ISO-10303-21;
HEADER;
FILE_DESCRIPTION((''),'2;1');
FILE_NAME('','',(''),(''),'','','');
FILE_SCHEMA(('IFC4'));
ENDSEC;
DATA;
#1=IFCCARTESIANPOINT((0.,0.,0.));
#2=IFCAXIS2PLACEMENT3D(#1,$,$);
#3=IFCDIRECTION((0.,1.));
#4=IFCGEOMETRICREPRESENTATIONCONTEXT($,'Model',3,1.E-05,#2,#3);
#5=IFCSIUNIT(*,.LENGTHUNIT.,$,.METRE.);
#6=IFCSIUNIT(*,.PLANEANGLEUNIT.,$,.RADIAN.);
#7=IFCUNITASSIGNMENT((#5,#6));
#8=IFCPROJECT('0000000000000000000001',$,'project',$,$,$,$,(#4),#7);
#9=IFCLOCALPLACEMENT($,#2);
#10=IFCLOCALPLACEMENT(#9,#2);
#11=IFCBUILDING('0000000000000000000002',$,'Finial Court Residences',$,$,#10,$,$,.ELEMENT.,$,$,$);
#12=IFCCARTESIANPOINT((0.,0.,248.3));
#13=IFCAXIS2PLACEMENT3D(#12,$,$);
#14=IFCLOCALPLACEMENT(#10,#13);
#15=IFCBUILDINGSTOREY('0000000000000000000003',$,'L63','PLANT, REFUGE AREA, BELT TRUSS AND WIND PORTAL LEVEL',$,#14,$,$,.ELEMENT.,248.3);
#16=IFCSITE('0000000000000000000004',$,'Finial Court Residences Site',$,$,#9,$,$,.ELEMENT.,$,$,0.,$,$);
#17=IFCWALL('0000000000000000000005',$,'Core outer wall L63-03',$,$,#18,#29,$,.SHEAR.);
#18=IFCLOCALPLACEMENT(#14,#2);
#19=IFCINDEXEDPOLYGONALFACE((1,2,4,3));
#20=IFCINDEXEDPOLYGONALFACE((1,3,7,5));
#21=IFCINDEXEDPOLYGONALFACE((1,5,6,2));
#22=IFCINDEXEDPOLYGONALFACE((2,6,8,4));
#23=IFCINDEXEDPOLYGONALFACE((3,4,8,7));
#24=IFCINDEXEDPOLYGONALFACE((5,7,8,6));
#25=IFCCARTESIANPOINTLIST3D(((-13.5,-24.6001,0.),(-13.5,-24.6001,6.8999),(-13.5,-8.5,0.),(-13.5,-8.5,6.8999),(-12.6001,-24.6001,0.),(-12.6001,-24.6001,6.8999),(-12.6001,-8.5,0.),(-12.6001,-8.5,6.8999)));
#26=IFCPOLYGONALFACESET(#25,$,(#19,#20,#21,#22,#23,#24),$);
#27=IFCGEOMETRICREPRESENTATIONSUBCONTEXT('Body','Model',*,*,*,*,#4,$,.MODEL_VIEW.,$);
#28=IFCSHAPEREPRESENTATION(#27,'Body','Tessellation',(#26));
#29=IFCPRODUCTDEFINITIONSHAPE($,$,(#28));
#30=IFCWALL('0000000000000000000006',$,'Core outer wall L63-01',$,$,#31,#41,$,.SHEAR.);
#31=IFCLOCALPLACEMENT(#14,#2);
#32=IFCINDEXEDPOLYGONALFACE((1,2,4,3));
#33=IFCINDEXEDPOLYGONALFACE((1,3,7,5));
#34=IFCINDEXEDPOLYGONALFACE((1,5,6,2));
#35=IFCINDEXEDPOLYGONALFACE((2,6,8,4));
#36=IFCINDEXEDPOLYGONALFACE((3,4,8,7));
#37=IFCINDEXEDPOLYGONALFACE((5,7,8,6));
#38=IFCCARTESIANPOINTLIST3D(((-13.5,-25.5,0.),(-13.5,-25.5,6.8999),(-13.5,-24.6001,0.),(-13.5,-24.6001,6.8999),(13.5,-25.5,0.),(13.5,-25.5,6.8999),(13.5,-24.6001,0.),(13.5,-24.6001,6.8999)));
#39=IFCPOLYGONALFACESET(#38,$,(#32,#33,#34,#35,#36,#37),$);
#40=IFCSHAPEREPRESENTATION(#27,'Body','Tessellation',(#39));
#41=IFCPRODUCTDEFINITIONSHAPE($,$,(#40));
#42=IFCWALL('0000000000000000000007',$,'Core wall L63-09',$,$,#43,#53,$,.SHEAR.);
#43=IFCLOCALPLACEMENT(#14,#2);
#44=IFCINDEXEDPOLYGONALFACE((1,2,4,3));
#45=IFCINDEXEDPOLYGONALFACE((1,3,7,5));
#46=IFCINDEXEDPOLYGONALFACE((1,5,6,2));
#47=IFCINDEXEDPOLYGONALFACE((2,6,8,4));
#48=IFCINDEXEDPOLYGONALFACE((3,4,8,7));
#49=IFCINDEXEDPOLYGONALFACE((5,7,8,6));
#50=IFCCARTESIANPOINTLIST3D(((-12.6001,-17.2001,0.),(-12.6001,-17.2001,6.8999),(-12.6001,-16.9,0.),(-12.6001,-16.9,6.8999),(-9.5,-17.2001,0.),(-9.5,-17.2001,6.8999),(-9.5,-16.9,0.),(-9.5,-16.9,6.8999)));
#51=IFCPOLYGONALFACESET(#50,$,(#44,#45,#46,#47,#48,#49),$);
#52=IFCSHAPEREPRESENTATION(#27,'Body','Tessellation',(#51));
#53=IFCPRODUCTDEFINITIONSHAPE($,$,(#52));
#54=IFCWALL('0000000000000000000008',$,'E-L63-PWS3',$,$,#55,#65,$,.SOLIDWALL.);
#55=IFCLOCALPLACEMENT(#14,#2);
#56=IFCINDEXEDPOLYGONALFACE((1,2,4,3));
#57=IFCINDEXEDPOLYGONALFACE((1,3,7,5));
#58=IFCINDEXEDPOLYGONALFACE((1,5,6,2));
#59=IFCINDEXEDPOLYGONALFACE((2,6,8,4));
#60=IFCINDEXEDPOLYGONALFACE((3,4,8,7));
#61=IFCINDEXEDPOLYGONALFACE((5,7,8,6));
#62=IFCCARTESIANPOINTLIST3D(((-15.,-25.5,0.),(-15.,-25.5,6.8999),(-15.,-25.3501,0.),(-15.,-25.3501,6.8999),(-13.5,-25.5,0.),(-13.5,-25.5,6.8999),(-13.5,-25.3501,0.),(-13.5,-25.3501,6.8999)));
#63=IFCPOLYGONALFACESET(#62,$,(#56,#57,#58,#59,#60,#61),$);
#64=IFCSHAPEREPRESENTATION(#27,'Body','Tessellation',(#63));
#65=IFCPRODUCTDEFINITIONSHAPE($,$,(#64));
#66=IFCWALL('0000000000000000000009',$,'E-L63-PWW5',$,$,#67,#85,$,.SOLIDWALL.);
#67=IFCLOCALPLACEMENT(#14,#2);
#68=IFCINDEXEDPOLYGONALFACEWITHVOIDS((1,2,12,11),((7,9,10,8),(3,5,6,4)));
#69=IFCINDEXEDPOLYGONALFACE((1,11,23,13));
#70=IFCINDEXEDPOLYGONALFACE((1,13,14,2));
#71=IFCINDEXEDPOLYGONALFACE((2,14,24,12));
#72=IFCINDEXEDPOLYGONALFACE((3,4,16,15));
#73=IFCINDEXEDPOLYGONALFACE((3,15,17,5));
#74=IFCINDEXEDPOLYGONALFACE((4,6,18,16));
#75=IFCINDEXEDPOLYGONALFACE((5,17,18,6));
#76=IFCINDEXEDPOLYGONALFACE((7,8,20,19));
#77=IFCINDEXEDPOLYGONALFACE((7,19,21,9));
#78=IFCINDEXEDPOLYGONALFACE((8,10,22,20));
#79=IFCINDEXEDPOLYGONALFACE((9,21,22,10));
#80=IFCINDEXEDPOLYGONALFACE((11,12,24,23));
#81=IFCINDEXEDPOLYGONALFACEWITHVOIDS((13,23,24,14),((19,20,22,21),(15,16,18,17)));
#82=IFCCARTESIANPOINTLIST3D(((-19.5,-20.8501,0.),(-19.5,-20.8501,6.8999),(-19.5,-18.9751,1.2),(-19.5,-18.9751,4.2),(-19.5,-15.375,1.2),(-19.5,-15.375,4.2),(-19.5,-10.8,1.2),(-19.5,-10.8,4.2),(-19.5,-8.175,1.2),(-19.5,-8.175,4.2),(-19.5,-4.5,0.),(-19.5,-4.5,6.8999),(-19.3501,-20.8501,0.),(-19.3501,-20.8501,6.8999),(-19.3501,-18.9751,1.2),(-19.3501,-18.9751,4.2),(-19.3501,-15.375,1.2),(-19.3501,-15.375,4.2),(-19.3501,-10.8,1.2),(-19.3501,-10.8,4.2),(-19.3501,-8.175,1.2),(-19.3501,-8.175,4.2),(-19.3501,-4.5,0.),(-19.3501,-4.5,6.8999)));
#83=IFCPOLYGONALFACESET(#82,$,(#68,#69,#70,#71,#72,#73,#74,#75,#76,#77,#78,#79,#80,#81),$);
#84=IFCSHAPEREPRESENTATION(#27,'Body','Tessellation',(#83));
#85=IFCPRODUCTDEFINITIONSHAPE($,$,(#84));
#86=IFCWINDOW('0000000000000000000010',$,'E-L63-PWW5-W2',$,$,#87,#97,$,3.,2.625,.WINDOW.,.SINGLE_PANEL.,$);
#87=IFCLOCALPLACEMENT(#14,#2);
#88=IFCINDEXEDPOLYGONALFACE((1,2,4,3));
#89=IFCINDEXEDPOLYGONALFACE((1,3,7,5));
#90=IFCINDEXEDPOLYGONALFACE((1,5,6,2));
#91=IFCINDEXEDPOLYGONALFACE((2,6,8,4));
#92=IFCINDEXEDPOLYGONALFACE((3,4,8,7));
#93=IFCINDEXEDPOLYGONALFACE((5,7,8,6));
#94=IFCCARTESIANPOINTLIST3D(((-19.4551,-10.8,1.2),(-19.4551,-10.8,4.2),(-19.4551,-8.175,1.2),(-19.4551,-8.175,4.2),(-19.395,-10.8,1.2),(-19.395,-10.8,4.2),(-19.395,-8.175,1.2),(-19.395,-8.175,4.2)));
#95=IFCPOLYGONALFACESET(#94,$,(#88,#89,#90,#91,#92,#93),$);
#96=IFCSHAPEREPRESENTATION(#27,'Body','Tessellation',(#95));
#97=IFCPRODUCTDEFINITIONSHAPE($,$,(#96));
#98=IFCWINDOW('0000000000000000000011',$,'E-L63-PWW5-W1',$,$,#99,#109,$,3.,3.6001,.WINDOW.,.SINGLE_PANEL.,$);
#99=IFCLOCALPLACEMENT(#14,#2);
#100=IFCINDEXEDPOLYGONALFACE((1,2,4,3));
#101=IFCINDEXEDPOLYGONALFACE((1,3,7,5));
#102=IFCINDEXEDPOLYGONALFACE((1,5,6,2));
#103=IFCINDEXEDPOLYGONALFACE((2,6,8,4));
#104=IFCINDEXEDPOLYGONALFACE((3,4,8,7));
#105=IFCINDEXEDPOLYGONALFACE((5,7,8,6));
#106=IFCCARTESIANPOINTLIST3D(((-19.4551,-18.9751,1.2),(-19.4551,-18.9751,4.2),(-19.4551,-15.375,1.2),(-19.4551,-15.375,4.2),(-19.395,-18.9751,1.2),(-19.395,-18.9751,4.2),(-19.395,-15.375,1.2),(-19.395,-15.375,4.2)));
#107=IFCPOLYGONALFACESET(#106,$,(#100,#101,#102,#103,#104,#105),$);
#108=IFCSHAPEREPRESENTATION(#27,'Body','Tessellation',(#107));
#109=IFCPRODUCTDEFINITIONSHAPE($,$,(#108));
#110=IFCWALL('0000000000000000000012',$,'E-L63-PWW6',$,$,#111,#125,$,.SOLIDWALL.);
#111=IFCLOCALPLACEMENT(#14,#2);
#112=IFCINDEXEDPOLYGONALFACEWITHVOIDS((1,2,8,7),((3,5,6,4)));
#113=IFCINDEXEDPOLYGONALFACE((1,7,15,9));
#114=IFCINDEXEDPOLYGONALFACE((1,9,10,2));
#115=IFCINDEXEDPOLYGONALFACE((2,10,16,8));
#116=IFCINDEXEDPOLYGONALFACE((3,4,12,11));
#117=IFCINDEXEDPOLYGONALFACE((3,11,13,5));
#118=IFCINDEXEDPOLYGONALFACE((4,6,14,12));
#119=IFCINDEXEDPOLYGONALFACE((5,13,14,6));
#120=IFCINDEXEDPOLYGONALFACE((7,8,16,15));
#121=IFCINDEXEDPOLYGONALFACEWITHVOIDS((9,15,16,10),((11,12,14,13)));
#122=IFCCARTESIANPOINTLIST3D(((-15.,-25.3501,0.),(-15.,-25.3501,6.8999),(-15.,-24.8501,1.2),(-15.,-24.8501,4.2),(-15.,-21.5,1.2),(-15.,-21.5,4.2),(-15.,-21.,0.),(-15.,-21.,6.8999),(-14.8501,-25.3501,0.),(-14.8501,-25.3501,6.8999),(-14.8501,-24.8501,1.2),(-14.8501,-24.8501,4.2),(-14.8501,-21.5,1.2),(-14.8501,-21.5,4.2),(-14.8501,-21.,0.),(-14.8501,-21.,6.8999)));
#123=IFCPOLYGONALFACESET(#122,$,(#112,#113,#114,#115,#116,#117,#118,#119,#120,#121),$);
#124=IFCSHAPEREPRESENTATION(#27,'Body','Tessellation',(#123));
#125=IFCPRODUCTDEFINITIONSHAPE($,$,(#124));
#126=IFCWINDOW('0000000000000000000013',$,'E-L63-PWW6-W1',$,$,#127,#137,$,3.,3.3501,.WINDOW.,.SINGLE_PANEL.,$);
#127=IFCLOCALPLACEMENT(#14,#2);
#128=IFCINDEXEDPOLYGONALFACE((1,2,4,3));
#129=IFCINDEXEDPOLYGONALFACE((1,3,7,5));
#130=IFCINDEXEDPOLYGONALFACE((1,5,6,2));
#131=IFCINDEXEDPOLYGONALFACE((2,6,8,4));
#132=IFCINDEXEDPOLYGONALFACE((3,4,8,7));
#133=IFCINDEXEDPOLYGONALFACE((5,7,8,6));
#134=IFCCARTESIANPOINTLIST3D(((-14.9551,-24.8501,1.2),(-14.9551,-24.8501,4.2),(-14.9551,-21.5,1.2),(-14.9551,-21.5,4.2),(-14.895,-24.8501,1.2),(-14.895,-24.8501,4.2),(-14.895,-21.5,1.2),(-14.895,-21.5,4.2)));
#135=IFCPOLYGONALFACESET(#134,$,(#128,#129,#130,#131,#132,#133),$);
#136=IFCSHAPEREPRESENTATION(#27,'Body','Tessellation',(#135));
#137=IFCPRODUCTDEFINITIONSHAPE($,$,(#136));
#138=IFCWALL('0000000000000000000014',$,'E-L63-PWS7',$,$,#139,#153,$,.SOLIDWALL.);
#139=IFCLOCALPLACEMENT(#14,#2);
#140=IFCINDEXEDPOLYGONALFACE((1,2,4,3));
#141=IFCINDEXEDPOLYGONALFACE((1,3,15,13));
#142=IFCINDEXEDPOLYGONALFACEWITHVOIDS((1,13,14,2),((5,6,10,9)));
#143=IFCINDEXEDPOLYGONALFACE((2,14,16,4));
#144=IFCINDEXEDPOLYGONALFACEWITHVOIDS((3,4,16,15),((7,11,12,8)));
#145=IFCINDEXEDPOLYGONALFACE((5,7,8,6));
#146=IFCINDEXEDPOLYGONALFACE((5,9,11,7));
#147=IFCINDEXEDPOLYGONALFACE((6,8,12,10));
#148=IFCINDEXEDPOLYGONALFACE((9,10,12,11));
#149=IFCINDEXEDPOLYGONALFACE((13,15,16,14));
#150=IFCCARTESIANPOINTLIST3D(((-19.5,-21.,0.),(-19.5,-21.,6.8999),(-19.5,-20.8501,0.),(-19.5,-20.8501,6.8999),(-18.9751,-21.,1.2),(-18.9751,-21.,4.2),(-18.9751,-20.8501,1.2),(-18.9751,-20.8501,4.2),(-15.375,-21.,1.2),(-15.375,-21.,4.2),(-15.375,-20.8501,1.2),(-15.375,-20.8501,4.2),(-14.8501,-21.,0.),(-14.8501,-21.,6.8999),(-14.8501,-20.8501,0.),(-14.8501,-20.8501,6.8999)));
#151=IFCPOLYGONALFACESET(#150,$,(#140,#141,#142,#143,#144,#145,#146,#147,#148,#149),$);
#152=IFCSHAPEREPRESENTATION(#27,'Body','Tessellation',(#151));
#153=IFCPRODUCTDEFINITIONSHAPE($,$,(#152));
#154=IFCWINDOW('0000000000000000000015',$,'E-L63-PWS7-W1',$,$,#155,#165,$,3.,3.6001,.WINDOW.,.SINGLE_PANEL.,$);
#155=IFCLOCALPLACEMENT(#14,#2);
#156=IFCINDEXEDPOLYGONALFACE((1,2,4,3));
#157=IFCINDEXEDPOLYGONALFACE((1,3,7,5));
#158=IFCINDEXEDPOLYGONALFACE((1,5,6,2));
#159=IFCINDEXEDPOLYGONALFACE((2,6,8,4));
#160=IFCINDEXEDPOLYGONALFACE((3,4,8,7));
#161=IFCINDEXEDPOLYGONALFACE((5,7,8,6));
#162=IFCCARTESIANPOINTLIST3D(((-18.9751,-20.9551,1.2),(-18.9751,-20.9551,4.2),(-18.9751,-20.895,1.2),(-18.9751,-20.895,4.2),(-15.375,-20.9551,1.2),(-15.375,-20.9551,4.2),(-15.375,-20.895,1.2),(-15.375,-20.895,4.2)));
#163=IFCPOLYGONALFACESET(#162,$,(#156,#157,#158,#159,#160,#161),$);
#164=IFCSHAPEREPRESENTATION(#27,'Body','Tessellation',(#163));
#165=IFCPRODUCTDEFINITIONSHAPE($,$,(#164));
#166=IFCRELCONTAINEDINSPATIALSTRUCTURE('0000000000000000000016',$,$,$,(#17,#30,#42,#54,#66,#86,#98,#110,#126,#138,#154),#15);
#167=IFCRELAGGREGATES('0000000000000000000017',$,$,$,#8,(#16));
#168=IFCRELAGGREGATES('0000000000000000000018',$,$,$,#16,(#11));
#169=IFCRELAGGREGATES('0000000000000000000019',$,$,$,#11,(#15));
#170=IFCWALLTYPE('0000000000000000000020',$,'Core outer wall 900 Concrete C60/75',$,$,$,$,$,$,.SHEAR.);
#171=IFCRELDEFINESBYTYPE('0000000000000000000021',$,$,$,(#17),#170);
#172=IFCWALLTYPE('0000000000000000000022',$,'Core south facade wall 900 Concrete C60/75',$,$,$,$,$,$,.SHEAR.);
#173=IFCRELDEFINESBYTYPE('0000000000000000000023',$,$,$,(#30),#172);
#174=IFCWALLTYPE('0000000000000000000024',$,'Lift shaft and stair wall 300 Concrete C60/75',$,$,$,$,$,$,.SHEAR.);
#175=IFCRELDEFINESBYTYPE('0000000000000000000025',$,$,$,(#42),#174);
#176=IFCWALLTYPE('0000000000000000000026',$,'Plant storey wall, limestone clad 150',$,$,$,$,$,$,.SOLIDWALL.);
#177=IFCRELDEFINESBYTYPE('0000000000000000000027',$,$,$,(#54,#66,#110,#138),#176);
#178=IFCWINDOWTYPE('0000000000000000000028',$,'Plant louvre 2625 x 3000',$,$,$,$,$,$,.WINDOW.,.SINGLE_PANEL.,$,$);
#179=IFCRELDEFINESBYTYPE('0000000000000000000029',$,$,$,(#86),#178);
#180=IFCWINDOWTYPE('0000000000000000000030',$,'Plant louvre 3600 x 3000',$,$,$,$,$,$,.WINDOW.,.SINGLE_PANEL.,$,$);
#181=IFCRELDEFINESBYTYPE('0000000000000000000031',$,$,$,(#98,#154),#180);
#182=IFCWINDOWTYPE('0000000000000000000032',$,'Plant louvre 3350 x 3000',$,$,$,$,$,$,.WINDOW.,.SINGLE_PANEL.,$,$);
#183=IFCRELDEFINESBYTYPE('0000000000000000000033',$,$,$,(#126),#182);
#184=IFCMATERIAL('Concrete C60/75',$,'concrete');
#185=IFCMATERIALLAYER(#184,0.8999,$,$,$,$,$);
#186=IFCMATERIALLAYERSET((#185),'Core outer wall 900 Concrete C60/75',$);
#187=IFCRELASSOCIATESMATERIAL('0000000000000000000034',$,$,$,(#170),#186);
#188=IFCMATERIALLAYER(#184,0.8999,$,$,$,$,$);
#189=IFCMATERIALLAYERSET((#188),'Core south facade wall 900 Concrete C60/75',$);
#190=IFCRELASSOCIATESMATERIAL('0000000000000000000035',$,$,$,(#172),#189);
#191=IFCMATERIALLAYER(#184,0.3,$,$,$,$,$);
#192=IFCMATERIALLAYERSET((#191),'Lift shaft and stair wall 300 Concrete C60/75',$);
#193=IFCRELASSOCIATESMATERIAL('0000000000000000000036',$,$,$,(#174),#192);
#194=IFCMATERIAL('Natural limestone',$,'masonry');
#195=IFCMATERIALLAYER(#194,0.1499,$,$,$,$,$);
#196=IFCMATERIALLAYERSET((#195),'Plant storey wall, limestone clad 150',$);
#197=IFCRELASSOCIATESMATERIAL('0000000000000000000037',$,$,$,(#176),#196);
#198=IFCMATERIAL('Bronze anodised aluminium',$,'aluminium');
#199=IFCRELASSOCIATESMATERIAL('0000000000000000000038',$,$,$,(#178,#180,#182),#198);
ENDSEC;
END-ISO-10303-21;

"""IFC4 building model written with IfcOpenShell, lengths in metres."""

from ifc_helpers import new_model, si_unit, direction, frame, frame_2d, origin, place, context, subcontext, project, spatial, rectangle, extrude, material, layer, layer_set, type_object, element, fill, save


model = new_model("IFC4")

# Units and contexts
model_context = context("Model", 3, precision=1e-05, world=origin(), true_north=direction((0.0, 1.0)))
body_context = subcontext(model_context, "Body", "Model", "MODEL_VIEW")
ifc_project = project(units=[si_unit("LENGTHUNIT", "METRE"), si_unit("PLANEANGLEUNIT", "RADIAN")], contexts=[model_context])

# Site, building, storey
site_placement = place(None, origin())
site = spatial("IfcSite", under=ifc_project, at=site_placement, Name="Finial Court Residences Site", CompositionType="ELEMENT", RefElevation=0.0)
building_placement = place(site_placement, origin())
building = spatial("IfcBuilding", under=site, at=building_placement, Name="Finial Court Residences", CompositionType="ELEMENT")
storey_placement = place(building_placement, frame((0.0, 0.0, 248.3)))
storey = spatial("IfcBuildingStorey", under=building, at=storey_placement, Name="L63", Description="PLANT, REFUGE AREA, BELT TRUSS AND WIND PORTAL LEVEL", CompositionType="ELEMENT", Elevation=248.3)

# Walls
ifc_material_1 = material(Name="Concrete C60/75", Category="concrete")
ifc_layer_1 = layer(ifc_material_1, 0.8999)
ifc_layer_set_1 = layer_set([ifc_layer_1], Name="Core outer wall 900 Concrete C60/75")
wall_type_1 = type_object("IfcWallType", Name="Core outer wall 900 Concrete C60/75", PredefinedType="SHEAR", material=ifc_layer_set_1)
wall_1_placement = place(storey_placement, frame((-13.05, -24.6001, 0.0), z_axis=(0.0, 0.0, 1.0), x_axis=(0.0, 1.0, 0.0)))
element("IfcWall", 1, at=wall_1_placement, inside=storey, type_object=wall_type_1, Name="Core outer wall L63-03", PredefinedType="SHEAR", context=body_context, shape_type="SweptSolid", body=[
    extrude(rectangle(XDim=16.1001, YDim=0.8999, at=frame_2d((8.05, 0.0))), origin(), (0.0, 0.0, 1.0), 6.8999),
])
ifc_layer_2 = layer(ifc_material_1, 0.8999)
ifc_layer_set_2 = layer_set([ifc_layer_2], Name="Core south facade wall 900 Concrete C60/75")
wall_type_2 = type_object("IfcWallType", Name="Core south facade wall 900 Concrete C60/75", PredefinedType="SHEAR", material=ifc_layer_set_2)
wall_2_placement = place(storey_placement, frame((-13.5, -25.05, 0.0), z_axis=(0.0, 0.0, 1.0), x_axis=(1.0, 0.0, 0.0)))
element("IfcWall", 2, at=wall_2_placement, inside=storey, type_object=wall_type_2, Name="Core outer wall L63-01", PredefinedType="SHEAR", context=body_context, shape_type="SweptSolid", body=[
    extrude(rectangle(XDim=27.0, YDim=0.8999, at=frame_2d((13.5, 0.0))), origin(), (0.0, 0.0, 1.0), 6.8999),
])
ifc_layer_3 = layer(ifc_material_1, 0.3)
ifc_layer_set_3 = layer_set([ifc_layer_3], Name="Lift shaft and stair wall 300 Concrete C60/75")
wall_type_3 = type_object("IfcWallType", Name="Lift shaft and stair wall 300 Concrete C60/75", PredefinedType="SHEAR", material=ifc_layer_set_3)
wall_3_placement = place(storey_placement, frame((-12.6001, -17.05, 0.0), z_axis=(0.0, 0.0, 1.0), x_axis=(1.0, 0.0, 0.0)))
element("IfcWall", 3, at=wall_3_placement, inside=storey, type_object=wall_type_3, Name="Core wall L63-09", PredefinedType="SHEAR", context=body_context, shape_type="SweptSolid", body=[
    extrude(rectangle(XDim=3.1001, YDim=0.3, at=frame_2d((1.55, 0.0))), origin(), (0.0, 0.0, 1.0), 6.8999),
])
ifc_material_2 = material(Name="Natural limestone", Category="masonry")
ifc_layer_4 = layer(ifc_material_2, 0.1499)
ifc_layer_set_4 = layer_set([ifc_layer_4], Name="Plant storey wall, limestone clad 150")
wall_type_4 = type_object("IfcWallType", Name="Plant storey wall, limestone clad 150", PredefinedType="SOLIDWALL", material=ifc_layer_set_4)
wall_4_placement = place(storey_placement, frame((-13.5, -25.425, 0.0), z_axis=(0.0, 0.0, 1.0), x_axis=(-1.0, 0.0, 0.0)))
element("IfcWall", 4, at=wall_4_placement, inside=storey, type_object=wall_type_4, Name="E-L63-PWS3", PredefinedType="SOLIDWALL", context=body_context, shape_type="SweptSolid", body=[
    extrude(rectangle(XDim=1.5, YDim=0.1499, at=frame_2d((0.75, 0.0))), origin(), (0.0, 0.0, 1.0), 6.8999),
])

# Wall, openings, windows
wall_5_placement = place(storey_placement, frame((-19.425, -20.8501, 0.0), z_axis=(0.0, 0.0, 1.0), x_axis=(0.0, 1.0, 0.0)))
wall_5 = element("IfcWall", 5, at=wall_5_placement, inside=storey, type_object=wall_type_4, Name="E-L63-PWW5", PredefinedType="SOLIDWALL", context=body_context, shape_type="SweptSolid", body=[
    extrude(rectangle(XDim=16.3501, YDim=0.1499, at=frame_2d((8.175, 0.0))), origin(), (0.0, 0.0, 1.0), 6.8999),
])
opening_1_placement = place(wall_5_placement, frame((1.875, 0.0, 1.2)))
opening_1 = element("IfcOpeningElement", 6, at=opening_1_placement, cuts=wall_5, PredefinedType="OPENING", context=body_context, shape_type="SweptSolid", body=[
    extrude(rectangle(XDim=3.6001, YDim=3.0, at=frame_2d((1.8, 1.5))), frame((0.0, 0.085, 0.0), z_axis=(0.0, -1.0, 0.0), x_axis=(1.0, 0.0, 0.0)), (0.0, 0.0, 1.0), 0.1699),
])
opening_2_placement = place(wall_5_placement, frame((10.05, 0.0, 1.2)))
opening_2 = element("IfcOpeningElement", 7, at=opening_2_placement, cuts=wall_5, PredefinedType="OPENING", context=body_context, shape_type="SweptSolid", body=[
    extrude(rectangle(XDim=2.625, YDim=3.0, at=frame_2d((1.3125, 1.5))), frame((0.0, 0.085, 0.0), z_axis=(0.0, -1.0, 0.0), x_axis=(1.0, 0.0, 0.0)), (0.0, 0.0, 1.0), 0.1699),
])
ifc_material_3 = material(Name="Bronze anodised aluminium", Category="aluminium")
window_type_1 = type_object("IfcWindowType", Name="Plant louvre 2625 x 3000", PartitioningType="SINGLE_PANEL", PredefinedType="WINDOW", material=ifc_material_3)
window_1_placement = place(opening_2_placement, origin())
window_1 = element("IfcWindow", 8, at=window_1_placement, inside=storey, type_object=window_type_1, Name="E-L63-PWW5-W2", OverallHeight=3.0, OverallWidth=2.625, PartitioningType="SINGLE_PANEL", PredefinedType="WINDOW", context=body_context, shape_type="SweptSolid", body=[
    extrude(rectangle(XDim=2.625, YDim=3.0, at=frame_2d((1.3125, 1.5))), frame((0.0, 0.03, 0.0), z_axis=(0.0, -1.0, 0.0), x_axis=(1.0, 0.0, 0.0)), (0.0, 0.0, 1.0), 0.0601),
])
fill(opening_2, window_1)
window_type_2 = type_object("IfcWindowType", Name="Plant louvre 3600 x 3000", PartitioningType="SINGLE_PANEL", PredefinedType="WINDOW", material=ifc_material_3)
window_2_placement = place(opening_1_placement, origin())
window_2 = element("IfcWindow", 9, at=window_2_placement, inside=storey, type_object=window_type_2, Name="E-L63-PWW5-W1", OverallHeight=3.0, OverallWidth=3.6001, PartitioningType="SINGLE_PANEL", PredefinedType="WINDOW", context=body_context, shape_type="SweptSolid", body=[
    extrude(rectangle(XDim=3.6001, YDim=3.0, at=frame_2d((1.8, 1.5))), frame((0.0, 0.03, 0.0), z_axis=(0.0, -1.0, 0.0), x_axis=(1.0, 0.0, 0.0)), (0.0, 0.0, 1.0), 0.0601),
])
fill(opening_1, window_2)

# Walls, openings, windows
wall_6_placement = place(storey_placement, frame((-14.925, -25.3501, 0.0), z_axis=(0.0, 0.0, 1.0), x_axis=(0.0, 1.0, 0.0)))
wall_6 = element("IfcWall", 10, at=wall_6_placement, inside=storey, type_object=wall_type_4, Name="E-L63-PWW6", PredefinedType="SOLIDWALL", context=body_context, shape_type="SweptSolid", body=[
    extrude(rectangle(XDim=4.3501, YDim=0.1499, at=frame_2d((2.175, 0.0))), origin(), (0.0, 0.0, 1.0), 6.8999),
])
opening_3_placement = place(wall_6_placement, frame((0.5, 0.0, 1.2)))
opening_3 = element("IfcOpeningElement", 11, at=opening_3_placement, cuts=wall_6, PredefinedType="OPENING", context=body_context, shape_type="SweptSolid", body=[
    extrude(rectangle(XDim=3.3501, YDim=3.0, at=frame_2d((1.675, 1.5))), frame((0.0, 0.085, 0.0), z_axis=(0.0, -1.0, 0.0), x_axis=(1.0, 0.0, 0.0)), (0.0, 0.0, 1.0), 0.1699),
])
window_type_3 = type_object("IfcWindowType", Name="Plant louvre 3350 x 3000", PartitioningType="SINGLE_PANEL", PredefinedType="WINDOW", material=ifc_material_3)
window_3_placement = place(opening_3_placement, origin())
window_3 = element("IfcWindow", 12, at=window_3_placement, inside=storey, type_object=window_type_3, Name="E-L63-PWW6-W1", OverallHeight=3.0, OverallWidth=3.3501, PartitioningType="SINGLE_PANEL", PredefinedType="WINDOW", context=body_context, shape_type="SweptSolid", body=[
    extrude(rectangle(XDim=3.3501, YDim=3.0, at=frame_2d((1.675, 1.5))), frame((0.0, 0.03, 0.0), z_axis=(0.0, -1.0, 0.0), x_axis=(1.0, 0.0, 0.0)), (0.0, 0.0, 1.0), 0.0601),
])
fill(opening_3, window_3)
wall_7_placement = place(storey_placement, frame((-14.8501, -20.925, 0.0), z_axis=(0.0, 0.0, 1.0), x_axis=(-1.0, 0.0, 0.0)))
wall_7 = element("IfcWall", 13, at=wall_7_placement, inside=storey, type_object=wall_type_4, Name="E-L63-PWS7", PredefinedType="SOLIDWALL", context=body_context, shape_type="SweptSolid", body=[
    extrude(rectangle(XDim=4.6499, YDim=0.1499, at=frame_2d((2.325, 0.0))), origin(), (0.0, 0.0, 1.0), 6.8999),
])
opening_4_placement = place(wall_7_placement, frame((0.5249, 0.0, 1.2)))
opening_4 = element("IfcOpeningElement", 14, at=opening_4_placement, cuts=wall_7, PredefinedType="OPENING", context=body_context, shape_type="SweptSolid", body=[
    extrude(rectangle(XDim=3.6001, YDim=3.0, at=frame_2d((1.8, 1.5))), frame((0.0, 0.085, 0.0), z_axis=(0.0, -1.0, 0.0), x_axis=(1.0, 0.0, 0.0)), (0.0, 0.0, 1.0), 0.1699),
])
window_4_placement = place(opening_4_placement, origin())
window_4 = element("IfcWindow", 15, at=window_4_placement, inside=storey, type_object=window_type_2, Name="E-L63-PWS7-W1", OverallHeight=3.0, OverallWidth=3.6001, PartitioningType="SINGLE_PANEL", PredefinedType="WINDOW", context=body_context, shape_type="SweptSolid", body=[
    extrude(rectangle(XDim=3.6001, YDim=3.0, at=frame_2d((1.8, 1.5))), frame((0.0, 0.03, 0.0), z_axis=(0.0, -1.0, 0.0), x_axis=(1.0, 0.0, 0.0)), (0.0, 0.0, 1.0), 0.0601),
])
fill(opening_4, window_4)

save(model, "model.ifc")
